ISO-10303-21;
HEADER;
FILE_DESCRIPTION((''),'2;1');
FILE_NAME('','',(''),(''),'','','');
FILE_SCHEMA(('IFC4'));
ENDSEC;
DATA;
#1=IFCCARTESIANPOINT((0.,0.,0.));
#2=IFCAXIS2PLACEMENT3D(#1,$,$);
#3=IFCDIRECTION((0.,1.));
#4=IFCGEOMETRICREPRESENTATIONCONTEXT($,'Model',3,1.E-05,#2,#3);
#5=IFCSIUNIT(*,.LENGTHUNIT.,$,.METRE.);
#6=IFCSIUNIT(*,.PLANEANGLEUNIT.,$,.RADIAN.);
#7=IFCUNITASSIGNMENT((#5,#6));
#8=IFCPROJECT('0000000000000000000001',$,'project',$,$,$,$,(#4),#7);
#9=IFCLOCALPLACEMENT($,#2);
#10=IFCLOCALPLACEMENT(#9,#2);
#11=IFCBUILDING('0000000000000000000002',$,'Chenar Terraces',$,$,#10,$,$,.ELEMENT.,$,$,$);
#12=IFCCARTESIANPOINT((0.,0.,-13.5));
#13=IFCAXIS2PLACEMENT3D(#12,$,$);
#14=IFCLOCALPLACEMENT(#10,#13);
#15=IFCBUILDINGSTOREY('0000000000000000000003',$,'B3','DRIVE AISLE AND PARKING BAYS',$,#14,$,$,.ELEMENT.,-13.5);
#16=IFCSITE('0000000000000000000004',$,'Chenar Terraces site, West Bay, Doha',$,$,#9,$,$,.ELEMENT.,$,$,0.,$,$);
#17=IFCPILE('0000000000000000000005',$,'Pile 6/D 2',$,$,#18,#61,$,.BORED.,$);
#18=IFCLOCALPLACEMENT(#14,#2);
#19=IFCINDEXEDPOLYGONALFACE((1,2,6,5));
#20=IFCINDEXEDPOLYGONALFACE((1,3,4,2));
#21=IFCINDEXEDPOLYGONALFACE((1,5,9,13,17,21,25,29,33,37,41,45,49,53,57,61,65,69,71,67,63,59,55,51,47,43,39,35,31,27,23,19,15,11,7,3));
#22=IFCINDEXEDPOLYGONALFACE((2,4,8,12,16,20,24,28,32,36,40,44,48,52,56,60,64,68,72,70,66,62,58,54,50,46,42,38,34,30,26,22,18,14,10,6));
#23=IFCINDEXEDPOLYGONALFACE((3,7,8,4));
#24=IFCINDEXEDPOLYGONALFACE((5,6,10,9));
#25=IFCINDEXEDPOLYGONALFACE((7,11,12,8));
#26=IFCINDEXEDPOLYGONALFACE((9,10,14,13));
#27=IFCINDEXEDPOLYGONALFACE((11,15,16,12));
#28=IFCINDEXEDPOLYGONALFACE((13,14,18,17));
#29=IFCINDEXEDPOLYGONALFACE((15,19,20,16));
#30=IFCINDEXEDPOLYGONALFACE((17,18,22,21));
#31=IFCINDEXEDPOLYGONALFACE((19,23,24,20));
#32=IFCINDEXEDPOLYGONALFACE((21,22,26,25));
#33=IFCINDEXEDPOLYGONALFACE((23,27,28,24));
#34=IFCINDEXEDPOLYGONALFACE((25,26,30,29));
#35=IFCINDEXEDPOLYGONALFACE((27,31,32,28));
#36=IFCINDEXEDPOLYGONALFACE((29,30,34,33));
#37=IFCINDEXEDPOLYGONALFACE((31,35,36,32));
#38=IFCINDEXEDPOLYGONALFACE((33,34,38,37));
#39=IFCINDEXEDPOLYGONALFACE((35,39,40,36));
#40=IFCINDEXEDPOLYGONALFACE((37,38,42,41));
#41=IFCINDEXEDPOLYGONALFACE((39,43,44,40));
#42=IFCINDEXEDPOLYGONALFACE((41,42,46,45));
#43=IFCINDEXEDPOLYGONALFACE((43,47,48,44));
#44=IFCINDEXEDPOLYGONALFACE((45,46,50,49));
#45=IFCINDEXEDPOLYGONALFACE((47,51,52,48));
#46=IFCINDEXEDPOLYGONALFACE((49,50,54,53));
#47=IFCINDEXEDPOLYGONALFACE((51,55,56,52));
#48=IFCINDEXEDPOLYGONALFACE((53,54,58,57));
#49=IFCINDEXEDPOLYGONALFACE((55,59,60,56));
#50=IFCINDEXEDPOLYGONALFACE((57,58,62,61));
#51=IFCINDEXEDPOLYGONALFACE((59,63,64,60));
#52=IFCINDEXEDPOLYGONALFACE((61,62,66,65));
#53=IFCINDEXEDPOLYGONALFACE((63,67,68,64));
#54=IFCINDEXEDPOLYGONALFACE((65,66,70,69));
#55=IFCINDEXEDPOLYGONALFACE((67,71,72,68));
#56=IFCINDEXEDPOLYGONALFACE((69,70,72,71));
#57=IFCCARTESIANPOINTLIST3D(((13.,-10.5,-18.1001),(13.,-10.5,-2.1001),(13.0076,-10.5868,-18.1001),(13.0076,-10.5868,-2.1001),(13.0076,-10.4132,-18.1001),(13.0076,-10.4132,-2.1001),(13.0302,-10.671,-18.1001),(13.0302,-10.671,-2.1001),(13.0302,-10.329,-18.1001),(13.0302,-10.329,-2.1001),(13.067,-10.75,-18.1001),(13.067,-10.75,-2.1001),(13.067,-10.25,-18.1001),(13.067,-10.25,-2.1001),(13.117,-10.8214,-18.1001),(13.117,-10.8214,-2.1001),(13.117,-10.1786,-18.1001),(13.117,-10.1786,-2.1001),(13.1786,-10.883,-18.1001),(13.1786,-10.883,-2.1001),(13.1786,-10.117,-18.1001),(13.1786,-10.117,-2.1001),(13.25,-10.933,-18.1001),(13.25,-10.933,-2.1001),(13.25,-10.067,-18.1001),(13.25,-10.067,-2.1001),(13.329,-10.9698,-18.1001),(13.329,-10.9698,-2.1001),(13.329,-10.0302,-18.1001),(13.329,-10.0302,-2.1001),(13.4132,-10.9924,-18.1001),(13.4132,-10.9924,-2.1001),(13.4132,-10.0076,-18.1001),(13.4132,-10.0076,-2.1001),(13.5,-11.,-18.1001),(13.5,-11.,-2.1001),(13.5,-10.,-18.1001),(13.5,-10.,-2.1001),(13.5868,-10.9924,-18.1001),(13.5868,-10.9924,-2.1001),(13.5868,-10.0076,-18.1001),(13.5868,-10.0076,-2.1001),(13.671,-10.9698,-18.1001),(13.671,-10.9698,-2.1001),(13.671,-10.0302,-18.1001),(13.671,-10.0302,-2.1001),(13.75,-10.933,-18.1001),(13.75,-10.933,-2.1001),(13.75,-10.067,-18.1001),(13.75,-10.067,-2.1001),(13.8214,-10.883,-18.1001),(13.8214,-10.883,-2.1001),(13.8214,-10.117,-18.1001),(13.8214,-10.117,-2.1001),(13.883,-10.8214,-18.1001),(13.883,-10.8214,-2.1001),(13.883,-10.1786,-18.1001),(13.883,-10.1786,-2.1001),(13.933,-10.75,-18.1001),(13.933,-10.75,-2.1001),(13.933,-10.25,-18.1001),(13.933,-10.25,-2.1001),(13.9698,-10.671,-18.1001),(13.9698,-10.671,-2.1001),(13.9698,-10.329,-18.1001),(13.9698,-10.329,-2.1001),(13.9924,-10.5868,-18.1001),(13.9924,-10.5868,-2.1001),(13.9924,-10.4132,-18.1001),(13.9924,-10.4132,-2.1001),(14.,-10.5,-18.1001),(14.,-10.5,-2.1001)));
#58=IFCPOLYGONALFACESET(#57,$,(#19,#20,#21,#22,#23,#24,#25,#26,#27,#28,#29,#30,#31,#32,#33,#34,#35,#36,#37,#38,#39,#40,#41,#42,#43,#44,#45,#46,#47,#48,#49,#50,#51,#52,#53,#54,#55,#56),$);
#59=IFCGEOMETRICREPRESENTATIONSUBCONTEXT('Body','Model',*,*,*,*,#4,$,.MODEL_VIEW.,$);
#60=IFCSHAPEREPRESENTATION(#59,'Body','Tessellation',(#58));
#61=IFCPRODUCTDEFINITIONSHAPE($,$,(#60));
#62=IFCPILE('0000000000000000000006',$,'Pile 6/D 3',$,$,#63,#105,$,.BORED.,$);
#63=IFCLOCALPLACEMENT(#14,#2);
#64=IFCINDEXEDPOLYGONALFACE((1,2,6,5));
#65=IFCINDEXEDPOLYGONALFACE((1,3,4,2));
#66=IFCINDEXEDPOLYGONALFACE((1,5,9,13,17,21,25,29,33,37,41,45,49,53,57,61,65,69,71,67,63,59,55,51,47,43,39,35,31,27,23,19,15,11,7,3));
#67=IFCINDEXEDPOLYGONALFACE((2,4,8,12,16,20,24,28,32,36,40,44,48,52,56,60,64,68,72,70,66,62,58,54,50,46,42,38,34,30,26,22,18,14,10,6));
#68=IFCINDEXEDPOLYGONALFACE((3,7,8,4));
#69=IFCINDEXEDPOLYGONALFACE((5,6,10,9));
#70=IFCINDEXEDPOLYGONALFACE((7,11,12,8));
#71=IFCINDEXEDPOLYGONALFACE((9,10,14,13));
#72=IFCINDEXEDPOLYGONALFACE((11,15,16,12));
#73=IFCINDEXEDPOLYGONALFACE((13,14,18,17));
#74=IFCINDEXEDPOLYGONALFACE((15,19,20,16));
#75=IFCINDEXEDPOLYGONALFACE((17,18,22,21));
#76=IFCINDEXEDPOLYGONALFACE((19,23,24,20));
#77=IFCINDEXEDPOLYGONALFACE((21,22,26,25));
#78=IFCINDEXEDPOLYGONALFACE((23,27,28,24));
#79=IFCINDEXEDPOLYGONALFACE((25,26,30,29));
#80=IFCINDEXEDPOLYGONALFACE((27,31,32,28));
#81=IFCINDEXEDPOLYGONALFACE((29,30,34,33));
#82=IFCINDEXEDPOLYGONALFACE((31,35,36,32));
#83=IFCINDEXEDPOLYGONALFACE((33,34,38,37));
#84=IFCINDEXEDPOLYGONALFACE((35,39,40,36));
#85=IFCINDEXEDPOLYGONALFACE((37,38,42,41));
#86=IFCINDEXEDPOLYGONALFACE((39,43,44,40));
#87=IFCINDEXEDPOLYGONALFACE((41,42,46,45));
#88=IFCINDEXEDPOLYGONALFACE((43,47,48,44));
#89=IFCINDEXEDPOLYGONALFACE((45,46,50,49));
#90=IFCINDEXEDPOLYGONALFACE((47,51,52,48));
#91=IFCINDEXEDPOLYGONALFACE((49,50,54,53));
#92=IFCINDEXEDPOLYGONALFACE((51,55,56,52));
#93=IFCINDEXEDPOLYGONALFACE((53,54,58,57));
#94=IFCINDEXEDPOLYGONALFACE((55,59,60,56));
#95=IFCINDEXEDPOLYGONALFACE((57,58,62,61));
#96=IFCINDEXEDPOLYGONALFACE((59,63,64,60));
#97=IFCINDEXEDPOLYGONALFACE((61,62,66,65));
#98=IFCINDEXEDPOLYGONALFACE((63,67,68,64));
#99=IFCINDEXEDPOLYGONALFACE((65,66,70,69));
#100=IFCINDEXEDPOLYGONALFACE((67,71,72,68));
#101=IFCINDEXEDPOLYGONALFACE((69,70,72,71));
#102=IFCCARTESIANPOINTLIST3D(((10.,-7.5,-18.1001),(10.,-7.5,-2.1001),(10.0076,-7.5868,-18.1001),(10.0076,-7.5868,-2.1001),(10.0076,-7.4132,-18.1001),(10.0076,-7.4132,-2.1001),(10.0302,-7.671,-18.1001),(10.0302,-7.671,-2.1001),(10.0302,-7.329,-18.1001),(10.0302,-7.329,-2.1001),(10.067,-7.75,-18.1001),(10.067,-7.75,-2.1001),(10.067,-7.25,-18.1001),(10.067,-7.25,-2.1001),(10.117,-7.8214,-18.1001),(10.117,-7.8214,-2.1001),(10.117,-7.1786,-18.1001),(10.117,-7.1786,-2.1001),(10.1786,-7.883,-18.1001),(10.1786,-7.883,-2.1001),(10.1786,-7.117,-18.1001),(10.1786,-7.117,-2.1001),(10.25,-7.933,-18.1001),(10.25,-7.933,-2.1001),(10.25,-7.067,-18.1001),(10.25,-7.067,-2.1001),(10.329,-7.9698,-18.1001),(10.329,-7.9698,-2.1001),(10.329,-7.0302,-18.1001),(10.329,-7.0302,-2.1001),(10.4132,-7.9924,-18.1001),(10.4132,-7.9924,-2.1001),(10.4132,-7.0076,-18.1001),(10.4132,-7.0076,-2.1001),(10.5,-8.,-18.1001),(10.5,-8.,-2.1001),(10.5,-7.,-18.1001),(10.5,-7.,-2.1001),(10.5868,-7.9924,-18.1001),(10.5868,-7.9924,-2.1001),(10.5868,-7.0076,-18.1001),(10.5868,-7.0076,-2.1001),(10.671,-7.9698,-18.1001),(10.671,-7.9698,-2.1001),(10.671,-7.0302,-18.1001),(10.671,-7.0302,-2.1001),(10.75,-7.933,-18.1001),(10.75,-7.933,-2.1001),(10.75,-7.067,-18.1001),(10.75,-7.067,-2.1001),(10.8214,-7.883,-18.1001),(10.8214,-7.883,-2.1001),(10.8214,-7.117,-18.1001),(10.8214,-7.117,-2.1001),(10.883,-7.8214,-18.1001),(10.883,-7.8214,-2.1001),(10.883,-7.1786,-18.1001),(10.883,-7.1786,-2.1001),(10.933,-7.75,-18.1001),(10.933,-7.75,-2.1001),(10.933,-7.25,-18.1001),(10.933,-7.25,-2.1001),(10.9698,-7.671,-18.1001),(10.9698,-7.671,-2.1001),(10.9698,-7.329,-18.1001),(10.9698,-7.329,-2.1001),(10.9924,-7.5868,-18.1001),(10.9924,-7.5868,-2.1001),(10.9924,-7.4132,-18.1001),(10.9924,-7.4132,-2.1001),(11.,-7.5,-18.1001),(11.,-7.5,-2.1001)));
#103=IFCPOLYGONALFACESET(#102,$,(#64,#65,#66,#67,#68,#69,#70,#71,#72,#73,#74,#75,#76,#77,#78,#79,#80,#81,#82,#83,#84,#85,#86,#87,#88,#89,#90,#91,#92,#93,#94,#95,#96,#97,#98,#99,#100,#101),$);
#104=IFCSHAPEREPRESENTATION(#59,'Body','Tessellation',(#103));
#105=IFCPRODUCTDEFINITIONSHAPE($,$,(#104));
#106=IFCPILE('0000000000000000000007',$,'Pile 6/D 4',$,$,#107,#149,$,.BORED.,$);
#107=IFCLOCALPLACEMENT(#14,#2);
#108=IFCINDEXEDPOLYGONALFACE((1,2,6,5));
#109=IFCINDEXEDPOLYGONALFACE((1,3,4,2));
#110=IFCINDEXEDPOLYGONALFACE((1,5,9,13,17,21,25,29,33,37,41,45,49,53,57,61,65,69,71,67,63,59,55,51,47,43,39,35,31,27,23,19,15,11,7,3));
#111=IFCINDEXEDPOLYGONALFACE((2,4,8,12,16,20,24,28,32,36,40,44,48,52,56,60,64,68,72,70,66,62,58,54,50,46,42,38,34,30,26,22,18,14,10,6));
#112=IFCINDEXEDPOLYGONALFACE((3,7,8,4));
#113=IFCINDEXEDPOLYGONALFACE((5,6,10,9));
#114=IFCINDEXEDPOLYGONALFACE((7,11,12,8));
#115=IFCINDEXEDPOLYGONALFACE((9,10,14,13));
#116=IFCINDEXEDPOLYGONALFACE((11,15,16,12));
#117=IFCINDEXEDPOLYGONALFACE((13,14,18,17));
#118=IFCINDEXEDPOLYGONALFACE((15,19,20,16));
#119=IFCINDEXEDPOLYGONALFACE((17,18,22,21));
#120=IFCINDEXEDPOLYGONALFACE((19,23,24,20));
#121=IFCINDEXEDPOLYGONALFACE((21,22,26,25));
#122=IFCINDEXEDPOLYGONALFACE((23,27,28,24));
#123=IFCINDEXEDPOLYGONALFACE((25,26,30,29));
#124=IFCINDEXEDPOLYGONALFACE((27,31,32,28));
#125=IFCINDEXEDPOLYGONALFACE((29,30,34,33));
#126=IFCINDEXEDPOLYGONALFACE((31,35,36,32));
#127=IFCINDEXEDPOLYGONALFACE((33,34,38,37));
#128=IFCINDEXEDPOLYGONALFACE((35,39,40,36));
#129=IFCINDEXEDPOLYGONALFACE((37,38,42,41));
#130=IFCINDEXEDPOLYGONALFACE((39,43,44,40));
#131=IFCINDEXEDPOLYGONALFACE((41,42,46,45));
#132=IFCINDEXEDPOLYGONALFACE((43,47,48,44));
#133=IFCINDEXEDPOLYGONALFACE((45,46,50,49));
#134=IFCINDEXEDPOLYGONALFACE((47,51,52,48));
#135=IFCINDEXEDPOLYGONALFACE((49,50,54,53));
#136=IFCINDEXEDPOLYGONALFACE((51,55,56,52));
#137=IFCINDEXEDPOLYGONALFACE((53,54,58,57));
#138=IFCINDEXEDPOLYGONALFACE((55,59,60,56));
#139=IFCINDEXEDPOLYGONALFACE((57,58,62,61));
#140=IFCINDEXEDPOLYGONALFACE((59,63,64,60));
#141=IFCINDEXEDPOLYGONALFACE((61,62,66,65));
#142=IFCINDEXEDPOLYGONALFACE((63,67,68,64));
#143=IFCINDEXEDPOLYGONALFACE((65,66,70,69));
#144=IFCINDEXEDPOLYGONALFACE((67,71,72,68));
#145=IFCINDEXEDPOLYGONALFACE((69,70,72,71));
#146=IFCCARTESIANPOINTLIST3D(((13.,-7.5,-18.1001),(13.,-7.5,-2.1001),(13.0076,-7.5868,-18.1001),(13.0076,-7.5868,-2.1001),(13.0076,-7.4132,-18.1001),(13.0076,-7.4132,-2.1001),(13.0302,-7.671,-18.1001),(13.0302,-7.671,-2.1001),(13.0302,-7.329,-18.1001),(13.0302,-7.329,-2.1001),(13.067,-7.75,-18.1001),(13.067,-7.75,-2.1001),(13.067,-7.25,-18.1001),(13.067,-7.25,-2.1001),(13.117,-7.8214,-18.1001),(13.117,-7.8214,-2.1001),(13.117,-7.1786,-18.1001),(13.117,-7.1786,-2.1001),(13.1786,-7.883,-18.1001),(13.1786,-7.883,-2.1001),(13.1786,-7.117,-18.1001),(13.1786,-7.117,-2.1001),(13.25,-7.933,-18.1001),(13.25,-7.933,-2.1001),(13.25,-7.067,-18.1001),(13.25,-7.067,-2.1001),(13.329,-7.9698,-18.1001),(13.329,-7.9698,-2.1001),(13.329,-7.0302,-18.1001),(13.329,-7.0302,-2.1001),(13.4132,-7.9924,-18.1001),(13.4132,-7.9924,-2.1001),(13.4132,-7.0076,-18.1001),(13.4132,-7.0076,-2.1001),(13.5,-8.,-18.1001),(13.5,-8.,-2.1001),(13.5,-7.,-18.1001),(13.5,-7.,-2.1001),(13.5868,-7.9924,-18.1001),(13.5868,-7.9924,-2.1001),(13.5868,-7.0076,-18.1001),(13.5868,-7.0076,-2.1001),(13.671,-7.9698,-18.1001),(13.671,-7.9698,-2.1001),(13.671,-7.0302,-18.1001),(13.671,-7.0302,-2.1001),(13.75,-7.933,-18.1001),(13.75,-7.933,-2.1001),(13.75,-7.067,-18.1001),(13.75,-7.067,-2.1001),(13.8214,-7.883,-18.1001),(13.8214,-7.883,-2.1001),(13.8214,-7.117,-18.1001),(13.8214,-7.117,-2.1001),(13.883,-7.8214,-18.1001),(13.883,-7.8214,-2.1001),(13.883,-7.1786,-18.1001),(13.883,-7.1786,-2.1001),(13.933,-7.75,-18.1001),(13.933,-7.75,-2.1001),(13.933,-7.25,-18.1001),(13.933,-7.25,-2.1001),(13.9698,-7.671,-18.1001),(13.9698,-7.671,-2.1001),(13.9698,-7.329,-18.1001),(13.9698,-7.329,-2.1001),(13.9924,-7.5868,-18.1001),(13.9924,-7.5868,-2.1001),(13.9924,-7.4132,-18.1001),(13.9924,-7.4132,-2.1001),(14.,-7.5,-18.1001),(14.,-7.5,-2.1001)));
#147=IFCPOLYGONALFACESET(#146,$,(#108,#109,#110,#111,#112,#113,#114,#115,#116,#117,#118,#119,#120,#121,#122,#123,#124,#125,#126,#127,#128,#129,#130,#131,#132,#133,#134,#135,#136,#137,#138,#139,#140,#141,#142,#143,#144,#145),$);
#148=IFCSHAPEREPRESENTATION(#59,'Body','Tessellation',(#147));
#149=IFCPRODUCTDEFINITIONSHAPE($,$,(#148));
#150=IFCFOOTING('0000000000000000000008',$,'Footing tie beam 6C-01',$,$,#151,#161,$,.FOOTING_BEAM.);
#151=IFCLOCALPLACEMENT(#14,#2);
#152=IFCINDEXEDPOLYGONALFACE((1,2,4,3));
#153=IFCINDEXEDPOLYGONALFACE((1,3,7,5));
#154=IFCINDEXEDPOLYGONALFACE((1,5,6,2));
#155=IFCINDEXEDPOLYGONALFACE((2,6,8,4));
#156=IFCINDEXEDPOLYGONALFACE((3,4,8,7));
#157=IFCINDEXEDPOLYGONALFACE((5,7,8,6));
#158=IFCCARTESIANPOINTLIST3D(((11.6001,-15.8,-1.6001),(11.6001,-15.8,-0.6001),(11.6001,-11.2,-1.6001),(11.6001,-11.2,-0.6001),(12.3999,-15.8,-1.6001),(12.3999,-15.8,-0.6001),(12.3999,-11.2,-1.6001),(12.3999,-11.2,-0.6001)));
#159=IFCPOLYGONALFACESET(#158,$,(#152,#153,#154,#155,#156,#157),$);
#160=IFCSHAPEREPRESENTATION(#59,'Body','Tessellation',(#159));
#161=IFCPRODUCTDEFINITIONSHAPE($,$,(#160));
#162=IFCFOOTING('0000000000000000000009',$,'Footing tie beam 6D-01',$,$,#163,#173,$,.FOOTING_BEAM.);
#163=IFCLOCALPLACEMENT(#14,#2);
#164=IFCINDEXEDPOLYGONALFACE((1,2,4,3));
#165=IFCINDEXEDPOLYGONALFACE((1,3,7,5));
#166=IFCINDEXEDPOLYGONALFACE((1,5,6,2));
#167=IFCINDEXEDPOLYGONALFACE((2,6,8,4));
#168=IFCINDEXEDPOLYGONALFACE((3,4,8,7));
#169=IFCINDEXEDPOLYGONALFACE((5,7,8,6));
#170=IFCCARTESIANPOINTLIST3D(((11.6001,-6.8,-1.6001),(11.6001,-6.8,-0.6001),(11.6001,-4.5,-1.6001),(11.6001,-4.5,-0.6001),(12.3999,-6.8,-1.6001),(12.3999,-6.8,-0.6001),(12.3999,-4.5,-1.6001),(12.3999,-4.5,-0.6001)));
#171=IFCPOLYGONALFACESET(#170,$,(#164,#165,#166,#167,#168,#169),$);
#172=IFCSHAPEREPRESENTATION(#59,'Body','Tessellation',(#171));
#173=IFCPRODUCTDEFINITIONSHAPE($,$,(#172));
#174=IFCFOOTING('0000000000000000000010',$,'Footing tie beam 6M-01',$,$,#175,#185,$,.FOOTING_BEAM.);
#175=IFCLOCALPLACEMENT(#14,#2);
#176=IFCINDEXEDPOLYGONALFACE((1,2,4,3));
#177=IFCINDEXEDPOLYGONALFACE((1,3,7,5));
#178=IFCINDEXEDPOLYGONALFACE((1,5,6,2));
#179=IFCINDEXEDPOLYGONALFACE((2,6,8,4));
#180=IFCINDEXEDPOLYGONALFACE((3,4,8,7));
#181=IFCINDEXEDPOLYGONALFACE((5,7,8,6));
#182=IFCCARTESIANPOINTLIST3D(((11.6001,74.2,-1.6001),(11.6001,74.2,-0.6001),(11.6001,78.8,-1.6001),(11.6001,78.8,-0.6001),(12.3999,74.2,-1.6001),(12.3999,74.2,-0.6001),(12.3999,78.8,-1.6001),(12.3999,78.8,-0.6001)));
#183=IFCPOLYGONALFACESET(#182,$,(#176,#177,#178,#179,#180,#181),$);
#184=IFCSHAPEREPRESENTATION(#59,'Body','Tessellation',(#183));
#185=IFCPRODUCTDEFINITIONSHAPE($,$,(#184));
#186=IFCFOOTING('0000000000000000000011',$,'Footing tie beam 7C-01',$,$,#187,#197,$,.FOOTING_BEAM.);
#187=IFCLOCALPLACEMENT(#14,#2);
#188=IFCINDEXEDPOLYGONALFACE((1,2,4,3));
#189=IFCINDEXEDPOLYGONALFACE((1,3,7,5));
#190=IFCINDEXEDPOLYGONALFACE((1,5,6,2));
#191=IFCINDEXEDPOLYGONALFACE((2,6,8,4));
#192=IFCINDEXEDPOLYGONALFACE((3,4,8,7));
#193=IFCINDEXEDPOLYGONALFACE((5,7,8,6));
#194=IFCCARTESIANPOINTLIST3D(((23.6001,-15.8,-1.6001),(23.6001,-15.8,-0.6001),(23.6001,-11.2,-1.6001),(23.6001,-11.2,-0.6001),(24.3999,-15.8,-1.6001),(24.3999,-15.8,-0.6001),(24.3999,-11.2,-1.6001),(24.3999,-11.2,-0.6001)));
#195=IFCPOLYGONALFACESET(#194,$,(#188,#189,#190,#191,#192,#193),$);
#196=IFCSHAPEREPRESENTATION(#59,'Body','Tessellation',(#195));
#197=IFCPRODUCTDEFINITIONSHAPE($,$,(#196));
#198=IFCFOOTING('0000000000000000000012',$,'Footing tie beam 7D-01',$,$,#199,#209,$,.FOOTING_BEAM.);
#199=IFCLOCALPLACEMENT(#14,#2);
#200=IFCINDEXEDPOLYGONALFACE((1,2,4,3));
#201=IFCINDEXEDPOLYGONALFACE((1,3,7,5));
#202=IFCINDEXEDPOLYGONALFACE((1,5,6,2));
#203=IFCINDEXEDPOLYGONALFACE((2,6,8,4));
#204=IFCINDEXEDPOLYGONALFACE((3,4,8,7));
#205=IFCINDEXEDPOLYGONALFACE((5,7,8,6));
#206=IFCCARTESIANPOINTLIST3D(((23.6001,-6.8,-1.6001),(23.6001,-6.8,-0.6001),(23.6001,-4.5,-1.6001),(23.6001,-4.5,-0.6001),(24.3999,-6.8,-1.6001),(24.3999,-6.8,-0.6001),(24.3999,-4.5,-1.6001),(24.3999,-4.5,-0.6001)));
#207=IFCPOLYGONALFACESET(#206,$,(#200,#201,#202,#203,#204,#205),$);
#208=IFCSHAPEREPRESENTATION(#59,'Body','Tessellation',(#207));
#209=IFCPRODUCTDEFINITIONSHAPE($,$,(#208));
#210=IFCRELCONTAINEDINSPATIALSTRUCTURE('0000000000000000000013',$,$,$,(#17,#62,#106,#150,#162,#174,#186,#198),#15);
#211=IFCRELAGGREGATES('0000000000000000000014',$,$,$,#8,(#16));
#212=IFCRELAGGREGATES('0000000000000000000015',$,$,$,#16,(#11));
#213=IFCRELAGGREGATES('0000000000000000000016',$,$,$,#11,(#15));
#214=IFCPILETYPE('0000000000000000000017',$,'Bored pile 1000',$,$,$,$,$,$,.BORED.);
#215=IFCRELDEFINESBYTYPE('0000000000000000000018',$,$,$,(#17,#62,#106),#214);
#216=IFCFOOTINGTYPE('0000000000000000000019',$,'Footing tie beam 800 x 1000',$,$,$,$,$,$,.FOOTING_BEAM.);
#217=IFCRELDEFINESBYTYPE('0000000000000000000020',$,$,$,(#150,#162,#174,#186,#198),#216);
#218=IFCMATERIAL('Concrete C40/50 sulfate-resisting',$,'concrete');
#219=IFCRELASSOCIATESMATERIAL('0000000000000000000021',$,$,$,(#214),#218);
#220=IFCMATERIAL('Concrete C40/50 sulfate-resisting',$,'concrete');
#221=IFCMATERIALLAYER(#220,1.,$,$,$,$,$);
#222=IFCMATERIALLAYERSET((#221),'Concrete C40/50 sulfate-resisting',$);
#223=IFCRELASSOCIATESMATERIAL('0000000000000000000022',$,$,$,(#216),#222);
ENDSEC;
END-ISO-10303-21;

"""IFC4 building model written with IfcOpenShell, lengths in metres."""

from ifc_helpers import new_model, si_unit, direction, frame, origin, origin_2d, place, context, subcontext, project, spatial, polyline, circle, outline, extrude, material, layer, layer_set, material_profile, profile_set, type_object, element, save


model = new_model("IFC4")

# Units and contexts
model_context = context("Model", 3, precision=1e-05, world=origin(), true_north=direction((0.0, 1.0)))
body_context = subcontext(model_context, "Body", "Model", "MODEL_VIEW")
ifc_project = project(units=[si_unit("LENGTHUNIT", "METRE"), si_unit("PLANEANGLEUNIT", "RADIAN")], contexts=[model_context])

# Site, building, storey
site_placement = place(None, origin())
site = spatial("IfcSite", under=ifc_project, at=site_placement, Name="Chenar Terraces site, West Bay, Doha", CompositionType="ELEMENT", RefElevation=0.0)
building_placement = place(site_placement, origin())
building = spatial("IfcBuilding", under=site, at=building_placement, Name="Chenar Terraces", CompositionType="ELEMENT")
storey_placement = place(building_placement, frame((0.0, 0.0, -13.5)))
storey = spatial("IfcBuildingStorey", under=building, at=storey_placement, Name="B3", Description="DRIVE AISLE AND PARKING BAYS", CompositionType="ELEMENT", Elevation=-13.5)

# Piles
ifc_material_1 = material(Name="Concrete C40/50 sulfate-resisting", Category="concrete")
ifc_material_profile_1 = material_profile(ifc_material_1, circle(Radius=0.5, at=origin_2d()), Name="BP 1000")
ifc_profile_set_1 = profile_set([ifc_material_profile_1], Name="Concrete C40/50 sulfate-resisting")
pile_type = type_object("IfcPileType", Name="Bored pile 1000", PredefinedType="BORED", material=ifc_profile_set_1)
for number, where, z_axis, x_axis, name in (
    (1, (13.5, -10.5, -2.1001), (0.0, 0.0, -1.0), (1.0, 0.0, 0.0), "Pile 6/D 2"),
    (2, (10.5, -7.5, -2.1001), (0.0, 0.0, -1.0), (1.0, 0.0, 0.0), "Pile 6/D 3"),
    (3, (13.5, -7.5, -2.1001), (0.0, 0.0, -1.0), (1.0, 0.0, 0.0), "Pile 6/D 4"),
):
    element("IfcPile", number, at=place(storey_placement, frame(where, z_axis=z_axis, x_axis=x_axis)), inside=storey, type_object=pile_type, Name=name, PredefinedType="BORED", context=body_context, shape_type="SweptSolid", body=[
        extrude(circle(Radius=0.5, at=origin_2d()), origin(), (0.0, 0.0, 1.0), 16.0),
    ])

# Footings
ifc_material_2 = material(Name="Concrete C40/50 sulfate-resisting", Category="concrete")
ifc_layer_1 = layer(ifc_material_2, 1.0)
ifc_layer_set_1 = layer_set([ifc_layer_1], Name="Concrete C40/50 sulfate-resisting")
footing_type = type_object("IfcFootingType", Name="Footing tie beam 800 x 1000", PredefinedType="FOOTING_BEAM", material=ifc_layer_set_1)
placement = place(storey_placement, frame((0.0, 0.0, -1.6001)))
element("IfcFooting", 4, at=placement, inside=storey, type_object=footing_type, Name="Footing tie beam 6C-01", PredefinedType="FOOTING_BEAM", context=body_context, shape_type="SweptSolid", body=[
    extrude(outline(polyline([(12.3999, -15.8), (12.3999, -11.2), (11.6001, -11.2), (11.6001, -15.8), (12.3999, -15.8)])), origin(), (0.0, 0.0, 1.0), 1.0),
])
element("IfcFooting", 5, at=placement, inside=storey, type_object=footing_type, Name="Footing tie beam 6D-01", PredefinedType="FOOTING_BEAM", context=body_context, shape_type="SweptSolid", body=[
    extrude(outline(polyline([(12.3999, -6.8), (12.3999, -4.5), (11.6001, -4.5), (11.6001, -6.8), (12.3999, -6.8)])), origin(), (0.0, 0.0, 1.0), 1.0),
])
element("IfcFooting", 6, at=placement, inside=storey, type_object=footing_type, Name="Footing tie beam 6M-01", PredefinedType="FOOTING_BEAM", context=body_context, shape_type="SweptSolid", body=[
    extrude(outline(polyline([(12.3999, 74.2), (12.3999, 78.8), (11.6001, 78.8), (11.6001, 74.2), (12.3999, 74.2)])), origin(), (0.0, 0.0, 1.0), 1.0),
])
element("IfcFooting", 7, at=placement, inside=storey, type_object=footing_type, Name="Footing tie beam 7C-01", PredefinedType="FOOTING_BEAM", context=body_context, shape_type="SweptSolid", body=[
    extrude(outline(polyline([(24.3999, -15.8), (24.3999, -11.2), (23.6001, -11.2), (23.6001, -15.8), (24.3999, -15.8)])), origin(), (0.0, 0.0, 1.0), 1.0),
])
element("IfcFooting", 8, at=placement, inside=storey, type_object=footing_type, Name="Footing tie beam 7D-01", PredefinedType="FOOTING_BEAM", context=body_context, shape_type="SweptSolid", body=[
    extrude(outline(polyline([(24.3999, -6.8), (24.3999, -4.5), (23.6001, -4.5), (23.6001, -6.8), (24.3999, -6.8)])), origin(), (0.0, 0.0, 1.0), 1.0),
])

save(model, "model.ifc")
